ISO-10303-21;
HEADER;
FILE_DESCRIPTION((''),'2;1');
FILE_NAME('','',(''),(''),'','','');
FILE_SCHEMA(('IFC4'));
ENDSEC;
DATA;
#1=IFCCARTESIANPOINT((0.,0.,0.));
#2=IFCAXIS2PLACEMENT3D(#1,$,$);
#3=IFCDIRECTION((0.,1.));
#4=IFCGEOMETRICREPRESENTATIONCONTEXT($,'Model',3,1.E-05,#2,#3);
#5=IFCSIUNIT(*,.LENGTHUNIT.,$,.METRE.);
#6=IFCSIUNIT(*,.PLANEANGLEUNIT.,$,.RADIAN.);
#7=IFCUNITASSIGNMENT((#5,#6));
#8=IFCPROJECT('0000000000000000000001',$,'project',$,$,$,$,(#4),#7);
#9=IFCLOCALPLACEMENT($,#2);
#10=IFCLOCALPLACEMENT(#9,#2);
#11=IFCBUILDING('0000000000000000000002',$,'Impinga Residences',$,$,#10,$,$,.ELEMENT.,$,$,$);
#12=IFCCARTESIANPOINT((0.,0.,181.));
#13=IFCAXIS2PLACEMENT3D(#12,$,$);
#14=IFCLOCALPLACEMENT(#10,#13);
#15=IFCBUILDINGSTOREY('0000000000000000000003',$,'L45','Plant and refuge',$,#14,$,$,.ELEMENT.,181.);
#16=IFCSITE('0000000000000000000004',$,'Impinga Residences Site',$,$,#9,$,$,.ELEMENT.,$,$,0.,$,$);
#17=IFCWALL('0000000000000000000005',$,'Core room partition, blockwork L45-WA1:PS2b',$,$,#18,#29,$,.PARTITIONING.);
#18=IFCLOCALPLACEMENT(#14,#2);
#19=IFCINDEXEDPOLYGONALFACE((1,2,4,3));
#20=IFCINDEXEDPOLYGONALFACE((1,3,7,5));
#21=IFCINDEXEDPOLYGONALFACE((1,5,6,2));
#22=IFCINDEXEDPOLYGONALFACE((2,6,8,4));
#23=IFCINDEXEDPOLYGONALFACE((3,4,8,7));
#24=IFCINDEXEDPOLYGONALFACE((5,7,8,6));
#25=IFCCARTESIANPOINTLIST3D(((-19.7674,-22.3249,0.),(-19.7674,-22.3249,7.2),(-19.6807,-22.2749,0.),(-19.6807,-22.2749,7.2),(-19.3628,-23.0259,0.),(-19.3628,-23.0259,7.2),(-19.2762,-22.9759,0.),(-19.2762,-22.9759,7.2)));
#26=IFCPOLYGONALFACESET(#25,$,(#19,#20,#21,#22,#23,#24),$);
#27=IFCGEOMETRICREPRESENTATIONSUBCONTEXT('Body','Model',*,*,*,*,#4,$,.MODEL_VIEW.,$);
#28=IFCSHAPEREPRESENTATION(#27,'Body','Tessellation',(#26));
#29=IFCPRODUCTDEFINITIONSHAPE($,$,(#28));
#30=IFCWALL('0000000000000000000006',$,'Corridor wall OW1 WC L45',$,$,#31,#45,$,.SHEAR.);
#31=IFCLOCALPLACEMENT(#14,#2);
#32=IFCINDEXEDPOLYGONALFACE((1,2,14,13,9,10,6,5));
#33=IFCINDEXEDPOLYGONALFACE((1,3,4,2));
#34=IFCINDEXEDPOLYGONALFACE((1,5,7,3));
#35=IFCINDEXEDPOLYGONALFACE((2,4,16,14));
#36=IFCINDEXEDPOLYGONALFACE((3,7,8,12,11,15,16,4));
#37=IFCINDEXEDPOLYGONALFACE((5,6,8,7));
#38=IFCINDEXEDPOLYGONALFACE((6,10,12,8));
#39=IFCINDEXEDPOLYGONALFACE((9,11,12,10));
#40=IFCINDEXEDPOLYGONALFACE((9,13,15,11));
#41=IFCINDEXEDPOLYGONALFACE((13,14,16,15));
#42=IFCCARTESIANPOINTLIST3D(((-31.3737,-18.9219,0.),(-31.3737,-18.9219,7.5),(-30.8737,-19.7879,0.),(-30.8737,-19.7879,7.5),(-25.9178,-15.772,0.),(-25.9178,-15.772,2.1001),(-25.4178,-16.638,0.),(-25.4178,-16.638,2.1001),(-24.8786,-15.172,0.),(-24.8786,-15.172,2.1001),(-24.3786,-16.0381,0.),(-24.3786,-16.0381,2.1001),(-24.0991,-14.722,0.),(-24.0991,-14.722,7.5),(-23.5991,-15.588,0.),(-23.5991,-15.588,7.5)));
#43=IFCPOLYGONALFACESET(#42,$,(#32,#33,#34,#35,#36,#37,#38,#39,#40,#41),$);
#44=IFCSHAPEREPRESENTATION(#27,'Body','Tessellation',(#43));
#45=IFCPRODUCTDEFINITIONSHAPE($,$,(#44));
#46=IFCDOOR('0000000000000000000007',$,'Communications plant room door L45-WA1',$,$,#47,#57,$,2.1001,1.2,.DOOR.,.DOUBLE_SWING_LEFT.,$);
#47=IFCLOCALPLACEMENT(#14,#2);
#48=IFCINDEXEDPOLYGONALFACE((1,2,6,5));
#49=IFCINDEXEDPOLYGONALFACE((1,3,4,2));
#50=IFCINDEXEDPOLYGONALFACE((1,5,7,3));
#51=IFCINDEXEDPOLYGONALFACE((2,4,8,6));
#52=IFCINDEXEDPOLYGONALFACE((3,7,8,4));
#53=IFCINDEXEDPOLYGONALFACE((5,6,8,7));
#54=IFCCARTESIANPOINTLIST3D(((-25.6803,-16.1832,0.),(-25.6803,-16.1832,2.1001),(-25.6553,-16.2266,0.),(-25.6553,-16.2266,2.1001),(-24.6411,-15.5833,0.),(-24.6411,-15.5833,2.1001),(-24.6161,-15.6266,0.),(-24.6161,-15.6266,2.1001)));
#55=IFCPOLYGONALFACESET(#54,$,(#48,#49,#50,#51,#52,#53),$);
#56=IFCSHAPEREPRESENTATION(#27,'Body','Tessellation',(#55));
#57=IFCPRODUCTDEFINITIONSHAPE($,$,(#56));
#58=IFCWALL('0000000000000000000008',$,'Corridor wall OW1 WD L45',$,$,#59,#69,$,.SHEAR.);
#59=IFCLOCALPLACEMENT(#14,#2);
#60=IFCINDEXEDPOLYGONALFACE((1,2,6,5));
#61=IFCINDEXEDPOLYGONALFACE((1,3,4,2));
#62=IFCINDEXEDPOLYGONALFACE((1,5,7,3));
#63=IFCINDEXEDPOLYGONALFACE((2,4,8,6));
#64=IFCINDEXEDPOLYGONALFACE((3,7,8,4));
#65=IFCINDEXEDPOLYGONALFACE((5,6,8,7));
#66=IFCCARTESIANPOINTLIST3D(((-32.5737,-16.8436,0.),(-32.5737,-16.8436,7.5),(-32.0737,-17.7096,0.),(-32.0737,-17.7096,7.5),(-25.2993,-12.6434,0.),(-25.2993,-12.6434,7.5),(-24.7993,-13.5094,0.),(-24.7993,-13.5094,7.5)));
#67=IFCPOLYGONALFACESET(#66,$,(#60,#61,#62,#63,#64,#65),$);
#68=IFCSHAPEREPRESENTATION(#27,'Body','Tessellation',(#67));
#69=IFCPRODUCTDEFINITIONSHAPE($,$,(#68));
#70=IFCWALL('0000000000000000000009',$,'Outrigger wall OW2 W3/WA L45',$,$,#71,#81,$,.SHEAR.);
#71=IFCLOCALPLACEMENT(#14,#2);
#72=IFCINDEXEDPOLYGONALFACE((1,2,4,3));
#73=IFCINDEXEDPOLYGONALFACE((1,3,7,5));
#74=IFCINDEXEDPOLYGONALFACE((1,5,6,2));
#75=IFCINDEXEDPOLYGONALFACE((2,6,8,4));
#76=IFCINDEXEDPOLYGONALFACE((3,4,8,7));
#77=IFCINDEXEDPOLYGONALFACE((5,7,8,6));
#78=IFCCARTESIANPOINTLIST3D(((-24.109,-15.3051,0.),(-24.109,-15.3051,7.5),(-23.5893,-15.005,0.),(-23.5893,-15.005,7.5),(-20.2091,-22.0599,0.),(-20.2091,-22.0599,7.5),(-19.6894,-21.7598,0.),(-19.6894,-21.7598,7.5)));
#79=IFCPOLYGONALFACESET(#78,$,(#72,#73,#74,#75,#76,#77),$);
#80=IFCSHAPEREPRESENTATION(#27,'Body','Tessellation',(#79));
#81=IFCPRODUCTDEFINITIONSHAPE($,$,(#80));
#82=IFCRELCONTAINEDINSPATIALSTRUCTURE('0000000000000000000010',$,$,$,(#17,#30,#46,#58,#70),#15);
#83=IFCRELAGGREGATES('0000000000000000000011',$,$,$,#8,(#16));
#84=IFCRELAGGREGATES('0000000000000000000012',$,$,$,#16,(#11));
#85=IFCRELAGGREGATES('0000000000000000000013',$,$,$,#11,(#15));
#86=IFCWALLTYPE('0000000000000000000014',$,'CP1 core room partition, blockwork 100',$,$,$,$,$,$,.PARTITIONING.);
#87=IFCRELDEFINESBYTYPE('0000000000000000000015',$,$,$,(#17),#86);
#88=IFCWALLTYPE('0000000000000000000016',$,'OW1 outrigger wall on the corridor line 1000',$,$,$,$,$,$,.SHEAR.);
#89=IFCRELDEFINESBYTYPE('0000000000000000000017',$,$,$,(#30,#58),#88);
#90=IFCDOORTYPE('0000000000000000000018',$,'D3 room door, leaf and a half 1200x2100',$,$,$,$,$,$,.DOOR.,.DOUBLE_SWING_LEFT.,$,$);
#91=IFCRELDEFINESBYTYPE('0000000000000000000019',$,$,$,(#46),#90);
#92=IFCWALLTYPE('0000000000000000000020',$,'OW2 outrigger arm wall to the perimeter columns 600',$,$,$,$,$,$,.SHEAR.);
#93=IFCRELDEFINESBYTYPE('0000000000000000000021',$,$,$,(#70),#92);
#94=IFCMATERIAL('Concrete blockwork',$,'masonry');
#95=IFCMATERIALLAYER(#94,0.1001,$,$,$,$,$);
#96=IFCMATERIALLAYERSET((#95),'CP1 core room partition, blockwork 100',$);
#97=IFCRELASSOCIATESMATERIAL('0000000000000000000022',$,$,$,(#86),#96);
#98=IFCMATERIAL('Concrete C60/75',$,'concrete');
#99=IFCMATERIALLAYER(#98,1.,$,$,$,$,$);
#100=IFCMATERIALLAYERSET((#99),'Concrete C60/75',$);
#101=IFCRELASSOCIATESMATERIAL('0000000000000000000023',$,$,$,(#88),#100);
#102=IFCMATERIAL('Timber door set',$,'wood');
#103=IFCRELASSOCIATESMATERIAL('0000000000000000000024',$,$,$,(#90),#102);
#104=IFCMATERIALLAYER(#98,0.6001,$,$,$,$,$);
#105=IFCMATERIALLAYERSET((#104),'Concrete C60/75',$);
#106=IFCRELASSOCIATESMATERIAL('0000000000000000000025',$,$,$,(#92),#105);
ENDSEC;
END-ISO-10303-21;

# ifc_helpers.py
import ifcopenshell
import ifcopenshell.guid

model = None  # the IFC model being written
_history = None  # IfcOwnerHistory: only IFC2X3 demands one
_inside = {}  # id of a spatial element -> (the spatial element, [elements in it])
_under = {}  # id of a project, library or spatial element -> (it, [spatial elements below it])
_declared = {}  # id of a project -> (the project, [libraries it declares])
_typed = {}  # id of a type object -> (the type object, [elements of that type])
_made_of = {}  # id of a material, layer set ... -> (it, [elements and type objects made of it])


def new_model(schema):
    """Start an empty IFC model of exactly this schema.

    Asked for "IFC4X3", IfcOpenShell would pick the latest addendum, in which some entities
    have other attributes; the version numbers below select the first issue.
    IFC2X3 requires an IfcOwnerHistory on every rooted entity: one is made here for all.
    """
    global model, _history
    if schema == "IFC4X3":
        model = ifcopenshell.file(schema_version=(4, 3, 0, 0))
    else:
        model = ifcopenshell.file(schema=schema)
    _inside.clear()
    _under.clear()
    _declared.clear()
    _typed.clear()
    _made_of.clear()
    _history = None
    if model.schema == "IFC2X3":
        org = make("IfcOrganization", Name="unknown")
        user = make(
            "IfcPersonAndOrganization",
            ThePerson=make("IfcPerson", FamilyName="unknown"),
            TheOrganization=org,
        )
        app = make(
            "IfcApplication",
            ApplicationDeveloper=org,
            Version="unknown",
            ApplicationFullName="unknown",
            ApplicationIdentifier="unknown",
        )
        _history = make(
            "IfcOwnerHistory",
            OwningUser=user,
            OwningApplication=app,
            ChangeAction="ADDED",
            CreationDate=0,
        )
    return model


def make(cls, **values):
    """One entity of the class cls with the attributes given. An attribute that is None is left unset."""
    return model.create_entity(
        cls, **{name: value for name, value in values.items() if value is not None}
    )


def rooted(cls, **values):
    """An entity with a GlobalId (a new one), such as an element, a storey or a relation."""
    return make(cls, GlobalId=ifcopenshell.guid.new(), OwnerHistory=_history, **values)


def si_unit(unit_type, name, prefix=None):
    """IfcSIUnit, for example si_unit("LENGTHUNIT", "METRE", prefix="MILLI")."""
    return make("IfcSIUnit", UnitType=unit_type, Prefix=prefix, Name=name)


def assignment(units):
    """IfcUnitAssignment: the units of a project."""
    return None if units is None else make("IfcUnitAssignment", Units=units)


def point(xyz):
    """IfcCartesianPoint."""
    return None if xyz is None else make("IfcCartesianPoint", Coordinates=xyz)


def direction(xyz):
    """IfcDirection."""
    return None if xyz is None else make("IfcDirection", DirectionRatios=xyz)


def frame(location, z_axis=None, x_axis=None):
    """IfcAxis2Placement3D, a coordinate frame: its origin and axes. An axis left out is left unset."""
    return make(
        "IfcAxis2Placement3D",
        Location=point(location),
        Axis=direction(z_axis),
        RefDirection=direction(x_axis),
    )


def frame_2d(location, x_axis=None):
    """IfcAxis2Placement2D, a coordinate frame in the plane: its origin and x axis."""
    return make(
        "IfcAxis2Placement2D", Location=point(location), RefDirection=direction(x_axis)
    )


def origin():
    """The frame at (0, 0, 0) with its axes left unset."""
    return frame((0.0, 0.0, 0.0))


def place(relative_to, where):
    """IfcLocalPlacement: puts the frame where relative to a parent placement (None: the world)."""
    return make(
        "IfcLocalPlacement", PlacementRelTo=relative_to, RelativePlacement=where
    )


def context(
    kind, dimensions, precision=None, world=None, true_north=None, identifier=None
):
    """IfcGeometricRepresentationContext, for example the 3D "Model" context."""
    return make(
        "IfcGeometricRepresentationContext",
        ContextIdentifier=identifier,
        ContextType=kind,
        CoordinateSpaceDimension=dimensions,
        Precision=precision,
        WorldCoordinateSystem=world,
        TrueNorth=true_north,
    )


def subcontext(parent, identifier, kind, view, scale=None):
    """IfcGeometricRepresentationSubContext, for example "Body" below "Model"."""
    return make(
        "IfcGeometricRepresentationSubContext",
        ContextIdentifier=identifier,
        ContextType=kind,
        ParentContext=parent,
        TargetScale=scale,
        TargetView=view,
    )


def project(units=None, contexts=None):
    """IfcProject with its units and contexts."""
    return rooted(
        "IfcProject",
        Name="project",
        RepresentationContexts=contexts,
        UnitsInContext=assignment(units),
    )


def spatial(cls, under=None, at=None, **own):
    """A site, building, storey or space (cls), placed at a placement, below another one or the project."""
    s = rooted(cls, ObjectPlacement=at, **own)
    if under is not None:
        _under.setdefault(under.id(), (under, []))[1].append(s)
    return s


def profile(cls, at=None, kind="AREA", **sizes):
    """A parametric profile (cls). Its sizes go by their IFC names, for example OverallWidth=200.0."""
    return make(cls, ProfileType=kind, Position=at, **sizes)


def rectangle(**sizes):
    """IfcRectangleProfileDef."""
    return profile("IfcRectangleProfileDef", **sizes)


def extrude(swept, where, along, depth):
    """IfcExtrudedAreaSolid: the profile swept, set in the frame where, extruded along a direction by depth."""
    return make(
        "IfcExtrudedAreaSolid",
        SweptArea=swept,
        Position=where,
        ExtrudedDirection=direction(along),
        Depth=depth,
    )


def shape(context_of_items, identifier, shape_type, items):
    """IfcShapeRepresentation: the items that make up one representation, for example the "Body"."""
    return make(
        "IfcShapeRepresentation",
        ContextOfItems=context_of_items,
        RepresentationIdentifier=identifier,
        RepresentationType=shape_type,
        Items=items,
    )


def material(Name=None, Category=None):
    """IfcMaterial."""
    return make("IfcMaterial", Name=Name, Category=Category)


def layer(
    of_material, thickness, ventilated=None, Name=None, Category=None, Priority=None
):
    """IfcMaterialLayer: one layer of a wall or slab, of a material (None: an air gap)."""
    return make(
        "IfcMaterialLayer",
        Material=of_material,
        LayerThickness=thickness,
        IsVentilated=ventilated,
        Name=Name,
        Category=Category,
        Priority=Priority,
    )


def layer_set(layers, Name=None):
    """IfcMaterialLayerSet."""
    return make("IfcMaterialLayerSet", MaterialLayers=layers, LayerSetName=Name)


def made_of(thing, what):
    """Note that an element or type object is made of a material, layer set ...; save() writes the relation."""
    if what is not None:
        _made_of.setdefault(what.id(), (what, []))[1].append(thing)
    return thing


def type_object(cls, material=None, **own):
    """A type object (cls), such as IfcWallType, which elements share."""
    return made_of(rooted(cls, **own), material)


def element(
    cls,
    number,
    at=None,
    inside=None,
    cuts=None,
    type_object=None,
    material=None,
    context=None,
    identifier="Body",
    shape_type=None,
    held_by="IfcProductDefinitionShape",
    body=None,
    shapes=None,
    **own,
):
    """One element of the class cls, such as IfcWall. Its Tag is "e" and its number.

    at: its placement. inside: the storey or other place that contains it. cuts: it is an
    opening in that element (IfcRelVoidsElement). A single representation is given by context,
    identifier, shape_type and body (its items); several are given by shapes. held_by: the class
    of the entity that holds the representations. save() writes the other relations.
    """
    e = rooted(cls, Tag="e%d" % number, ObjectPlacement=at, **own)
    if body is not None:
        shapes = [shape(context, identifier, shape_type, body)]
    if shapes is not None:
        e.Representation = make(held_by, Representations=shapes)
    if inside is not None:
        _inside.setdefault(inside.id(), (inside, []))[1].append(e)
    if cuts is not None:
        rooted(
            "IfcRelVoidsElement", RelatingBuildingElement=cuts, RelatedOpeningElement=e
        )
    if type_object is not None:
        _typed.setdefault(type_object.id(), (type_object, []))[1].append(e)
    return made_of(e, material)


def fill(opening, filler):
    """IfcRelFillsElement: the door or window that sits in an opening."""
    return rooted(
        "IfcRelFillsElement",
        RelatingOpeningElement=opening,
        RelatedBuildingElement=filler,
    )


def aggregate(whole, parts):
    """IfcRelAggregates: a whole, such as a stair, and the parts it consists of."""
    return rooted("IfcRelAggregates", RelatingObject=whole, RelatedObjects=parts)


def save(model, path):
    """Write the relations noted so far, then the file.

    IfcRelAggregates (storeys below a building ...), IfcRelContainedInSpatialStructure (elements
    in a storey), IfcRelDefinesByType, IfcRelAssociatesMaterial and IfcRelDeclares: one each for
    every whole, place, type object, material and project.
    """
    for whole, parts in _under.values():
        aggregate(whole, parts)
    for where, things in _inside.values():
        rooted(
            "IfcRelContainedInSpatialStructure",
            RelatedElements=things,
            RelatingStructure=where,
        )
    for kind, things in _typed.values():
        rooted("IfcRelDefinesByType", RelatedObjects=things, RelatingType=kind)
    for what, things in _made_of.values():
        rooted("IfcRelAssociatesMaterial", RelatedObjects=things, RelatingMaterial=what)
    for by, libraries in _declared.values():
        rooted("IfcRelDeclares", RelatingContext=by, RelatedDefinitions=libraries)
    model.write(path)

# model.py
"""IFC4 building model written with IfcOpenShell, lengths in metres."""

from ifc_helpers import new_model, si_unit, direction, frame, frame_2d, origin, place, context, subcontext, project, spatial, rectangle, extrude, material, layer, layer_set, type_object, element, fill, save


model = new_model("IFC4")

# Units and contexts
model_context = context("Model", 3, precision=1e-05, world=origin(), true_north=direction((0.0, 1.0)))
body_context = subcontext(model_context, "Body", "Model", "MODEL_VIEW")
ifc_project = project(units=[si_unit("LENGTHUNIT", "METRE"), si_unit("PLANEANGLEUNIT", "RADIAN")], contexts=[model_context])

# Site, building, storey
site_placement = place(None, origin())
site = spatial("IfcSite", under=ifc_project, at=site_placement, Name="Impinga Residences Site", CompositionType="ELEMENT", RefElevation=0.0)
building_placement = place(site_placement, origin())
building = spatial("IfcBuilding", under=site, at=building_placement, Name="Impinga Residences", CompositionType="ELEMENT")
storey_placement = place(building_placement, frame((0.0, 0.0, 181.0)))
storey = spatial("IfcBuildingStorey", under=building, at=storey_placement, Name="L45", Description="Plant and refuge", CompositionType="ELEMENT", Elevation=181.0)

# Shared definitions
ifc_material_1 = material(Name="Concrete C60/75", Category="concrete")

# Wall
ifc_material_2 = material(Name="Concrete blockwork", Category="masonry")
ifc_layer_1 = layer(ifc_material_2, 0.1001)
ifc_layer_set_1 = layer_set([ifc_layer_1], Name="CP1 core room partition, blockwork 100")
wall_type_1 = type_object("IfcWallType", Name="CP1 core room partition, blockwork 100", PredefinedType="PARTITIONING", material=ifc_layer_set_1)
wall_1_placement = place(storey_placement, frame((-19.7241, -22.2998, 0.0), z_axis=(0.0, 0.0, 1.0), x_axis=(0.49987, -0.8661, 0.0)))
element("IfcWall", 1, at=wall_1_placement, inside=storey, type_object=wall_type_1, Name="Core room partition, blockwork L45-WA1:PS2b", PredefinedType="PARTITIONING", context=body_context, shape_type="SweptSolid", body=[
    extrude(rectangle(XDim=0.8093, YDim=0.1001, at=frame_2d((0.4048, 0.0))), origin(), (0.0, 0.0, 1.0), 7.2),
])

# Wall, opening, door
ifc_layer_2 = layer(ifc_material_1, 1.0)
ifc_layer_set_2 = layer_set([ifc_layer_2], Name="Concrete C60/75")
wall_type_2 = type_object("IfcWallType", Name="OW1 outrigger wall on the corridor line 1000", PredefinedType="SHEAR", material=ifc_layer_set_2)
wall_2_placement = place(storey_placement, frame((-23.8491, -15.155, 0.0), z_axis=(0.0, 0.0, 1.0), x_axis=(-0.866029, -0.499993, 0.0)))
wall_2 = element("IfcWall", 2, at=wall_2_placement, inside=storey, type_object=wall_type_2, Name="Corridor wall OW1 WC L45", PredefinedType="SHEAR", context=body_context, shape_type="SweptSolid", body=[
    extrude(rectangle(XDim=8.3999, YDim=1.0, at=frame_2d((4.2, 0.0))), origin(), (0.0, 0.0, 1.0), 7.5),
])
opening_placement = place(wall_2_placement, frame((0.8999, 0.0, 0.0)))
opening = element("IfcOpeningElement", 3, at=opening_placement, cuts=wall_2, PredefinedType="OPENING", context=body_context, shape_type="SweptSolid", body=[
    extrude(rectangle(XDim=1.2, YDim=2.1001, at=frame_2d((0.6001, 1.05))), frame((0.0, 0.51, 0.0), z_axis=(0.0, -1.0, 0.0), x_axis=(1.0, 0.0, 0.0)), (0.0, 0.0, 1.0), 1.02),
])
ifc_material_3 = material(Name="Timber door set", Category="wood")
door_type = type_object("IfcDoorType", Name="D3 room door, leaf and a half 1200x2100", OperationType="DOUBLE_SWING_LEFT", PredefinedType="DOOR", material=ifc_material_3)
door_placement = place(opening_placement, origin())
door = element("IfcDoor", 4, at=door_placement, inside=storey, type_object=door_type, Name="Communications plant room door L45-WA1", OperationType="DOUBLE_SWING_LEFT", OverallHeight=2.1001, OverallWidth=1.2, PredefinedType="DOOR", context=body_context, shape_type="SweptSolid", body=[
    extrude(rectangle(XDim=1.2, YDim=2.1001, at=frame_2d((0.6001, 1.05))), frame((0.0, 0.0249, 0.0), z_axis=(0.0, -1.0, 0.0), x_axis=(1.0, 0.0, 0.0)), (0.0, 0.0, 1.0), 0.05),
])
fill(opening, door)

# Walls
wall_3_placement = place(storey_placement, frame((-25.0493, -13.0764, 0.0), z_axis=(0.0, 0.0, 1.0), x_axis=(-0.866009, -0.500028, 0.0)))
element("IfcWall", 5, at=wall_3_placement, inside=storey, type_object=wall_type_2, Name="Corridor wall OW1 WD L45", PredefinedType="SHEAR", context=body_context, shape_type="SweptSolid", body=[
    extrude(rectangle(XDim=8.3999, YDim=1.0, at=frame_2d((4.2, 0.0))), origin(), (0.0, 0.0, 1.0), 7.5),
])
ifc_layer_3 = layer(ifc_material_1, 0.6001)
ifc_layer_set_3 = layer_set([ifc_layer_3], Name="Concrete C60/75")
wall_type_3 = type_object("IfcWallType", Name="OW2 outrigger arm wall to the perimeter columns 600", PredefinedType="SHEAR", material=ifc_layer_set_3)
wall_4_placement = place(storey_placement, frame((-23.8491, -15.155, 0.0), z_axis=(0.0, 0.0, 1.0), x_axis=(0.499997, -0.866027, 0.0)))
element("IfcWall", 6, at=wall_4_placement, inside=storey, type_object=wall_type_3, Name="Outrigger wall OW2 W3/WA L45", PredefinedType="SHEAR", context=body_context, shape_type="SweptSolid", body=[
    extrude(rectangle(XDim=7.7998, YDim=0.6001, at=frame_2d((3.8999, 0.0))), origin(), (0.0, 0.0, 1.0), 7.5),
])

save(model, "model.ifc")
